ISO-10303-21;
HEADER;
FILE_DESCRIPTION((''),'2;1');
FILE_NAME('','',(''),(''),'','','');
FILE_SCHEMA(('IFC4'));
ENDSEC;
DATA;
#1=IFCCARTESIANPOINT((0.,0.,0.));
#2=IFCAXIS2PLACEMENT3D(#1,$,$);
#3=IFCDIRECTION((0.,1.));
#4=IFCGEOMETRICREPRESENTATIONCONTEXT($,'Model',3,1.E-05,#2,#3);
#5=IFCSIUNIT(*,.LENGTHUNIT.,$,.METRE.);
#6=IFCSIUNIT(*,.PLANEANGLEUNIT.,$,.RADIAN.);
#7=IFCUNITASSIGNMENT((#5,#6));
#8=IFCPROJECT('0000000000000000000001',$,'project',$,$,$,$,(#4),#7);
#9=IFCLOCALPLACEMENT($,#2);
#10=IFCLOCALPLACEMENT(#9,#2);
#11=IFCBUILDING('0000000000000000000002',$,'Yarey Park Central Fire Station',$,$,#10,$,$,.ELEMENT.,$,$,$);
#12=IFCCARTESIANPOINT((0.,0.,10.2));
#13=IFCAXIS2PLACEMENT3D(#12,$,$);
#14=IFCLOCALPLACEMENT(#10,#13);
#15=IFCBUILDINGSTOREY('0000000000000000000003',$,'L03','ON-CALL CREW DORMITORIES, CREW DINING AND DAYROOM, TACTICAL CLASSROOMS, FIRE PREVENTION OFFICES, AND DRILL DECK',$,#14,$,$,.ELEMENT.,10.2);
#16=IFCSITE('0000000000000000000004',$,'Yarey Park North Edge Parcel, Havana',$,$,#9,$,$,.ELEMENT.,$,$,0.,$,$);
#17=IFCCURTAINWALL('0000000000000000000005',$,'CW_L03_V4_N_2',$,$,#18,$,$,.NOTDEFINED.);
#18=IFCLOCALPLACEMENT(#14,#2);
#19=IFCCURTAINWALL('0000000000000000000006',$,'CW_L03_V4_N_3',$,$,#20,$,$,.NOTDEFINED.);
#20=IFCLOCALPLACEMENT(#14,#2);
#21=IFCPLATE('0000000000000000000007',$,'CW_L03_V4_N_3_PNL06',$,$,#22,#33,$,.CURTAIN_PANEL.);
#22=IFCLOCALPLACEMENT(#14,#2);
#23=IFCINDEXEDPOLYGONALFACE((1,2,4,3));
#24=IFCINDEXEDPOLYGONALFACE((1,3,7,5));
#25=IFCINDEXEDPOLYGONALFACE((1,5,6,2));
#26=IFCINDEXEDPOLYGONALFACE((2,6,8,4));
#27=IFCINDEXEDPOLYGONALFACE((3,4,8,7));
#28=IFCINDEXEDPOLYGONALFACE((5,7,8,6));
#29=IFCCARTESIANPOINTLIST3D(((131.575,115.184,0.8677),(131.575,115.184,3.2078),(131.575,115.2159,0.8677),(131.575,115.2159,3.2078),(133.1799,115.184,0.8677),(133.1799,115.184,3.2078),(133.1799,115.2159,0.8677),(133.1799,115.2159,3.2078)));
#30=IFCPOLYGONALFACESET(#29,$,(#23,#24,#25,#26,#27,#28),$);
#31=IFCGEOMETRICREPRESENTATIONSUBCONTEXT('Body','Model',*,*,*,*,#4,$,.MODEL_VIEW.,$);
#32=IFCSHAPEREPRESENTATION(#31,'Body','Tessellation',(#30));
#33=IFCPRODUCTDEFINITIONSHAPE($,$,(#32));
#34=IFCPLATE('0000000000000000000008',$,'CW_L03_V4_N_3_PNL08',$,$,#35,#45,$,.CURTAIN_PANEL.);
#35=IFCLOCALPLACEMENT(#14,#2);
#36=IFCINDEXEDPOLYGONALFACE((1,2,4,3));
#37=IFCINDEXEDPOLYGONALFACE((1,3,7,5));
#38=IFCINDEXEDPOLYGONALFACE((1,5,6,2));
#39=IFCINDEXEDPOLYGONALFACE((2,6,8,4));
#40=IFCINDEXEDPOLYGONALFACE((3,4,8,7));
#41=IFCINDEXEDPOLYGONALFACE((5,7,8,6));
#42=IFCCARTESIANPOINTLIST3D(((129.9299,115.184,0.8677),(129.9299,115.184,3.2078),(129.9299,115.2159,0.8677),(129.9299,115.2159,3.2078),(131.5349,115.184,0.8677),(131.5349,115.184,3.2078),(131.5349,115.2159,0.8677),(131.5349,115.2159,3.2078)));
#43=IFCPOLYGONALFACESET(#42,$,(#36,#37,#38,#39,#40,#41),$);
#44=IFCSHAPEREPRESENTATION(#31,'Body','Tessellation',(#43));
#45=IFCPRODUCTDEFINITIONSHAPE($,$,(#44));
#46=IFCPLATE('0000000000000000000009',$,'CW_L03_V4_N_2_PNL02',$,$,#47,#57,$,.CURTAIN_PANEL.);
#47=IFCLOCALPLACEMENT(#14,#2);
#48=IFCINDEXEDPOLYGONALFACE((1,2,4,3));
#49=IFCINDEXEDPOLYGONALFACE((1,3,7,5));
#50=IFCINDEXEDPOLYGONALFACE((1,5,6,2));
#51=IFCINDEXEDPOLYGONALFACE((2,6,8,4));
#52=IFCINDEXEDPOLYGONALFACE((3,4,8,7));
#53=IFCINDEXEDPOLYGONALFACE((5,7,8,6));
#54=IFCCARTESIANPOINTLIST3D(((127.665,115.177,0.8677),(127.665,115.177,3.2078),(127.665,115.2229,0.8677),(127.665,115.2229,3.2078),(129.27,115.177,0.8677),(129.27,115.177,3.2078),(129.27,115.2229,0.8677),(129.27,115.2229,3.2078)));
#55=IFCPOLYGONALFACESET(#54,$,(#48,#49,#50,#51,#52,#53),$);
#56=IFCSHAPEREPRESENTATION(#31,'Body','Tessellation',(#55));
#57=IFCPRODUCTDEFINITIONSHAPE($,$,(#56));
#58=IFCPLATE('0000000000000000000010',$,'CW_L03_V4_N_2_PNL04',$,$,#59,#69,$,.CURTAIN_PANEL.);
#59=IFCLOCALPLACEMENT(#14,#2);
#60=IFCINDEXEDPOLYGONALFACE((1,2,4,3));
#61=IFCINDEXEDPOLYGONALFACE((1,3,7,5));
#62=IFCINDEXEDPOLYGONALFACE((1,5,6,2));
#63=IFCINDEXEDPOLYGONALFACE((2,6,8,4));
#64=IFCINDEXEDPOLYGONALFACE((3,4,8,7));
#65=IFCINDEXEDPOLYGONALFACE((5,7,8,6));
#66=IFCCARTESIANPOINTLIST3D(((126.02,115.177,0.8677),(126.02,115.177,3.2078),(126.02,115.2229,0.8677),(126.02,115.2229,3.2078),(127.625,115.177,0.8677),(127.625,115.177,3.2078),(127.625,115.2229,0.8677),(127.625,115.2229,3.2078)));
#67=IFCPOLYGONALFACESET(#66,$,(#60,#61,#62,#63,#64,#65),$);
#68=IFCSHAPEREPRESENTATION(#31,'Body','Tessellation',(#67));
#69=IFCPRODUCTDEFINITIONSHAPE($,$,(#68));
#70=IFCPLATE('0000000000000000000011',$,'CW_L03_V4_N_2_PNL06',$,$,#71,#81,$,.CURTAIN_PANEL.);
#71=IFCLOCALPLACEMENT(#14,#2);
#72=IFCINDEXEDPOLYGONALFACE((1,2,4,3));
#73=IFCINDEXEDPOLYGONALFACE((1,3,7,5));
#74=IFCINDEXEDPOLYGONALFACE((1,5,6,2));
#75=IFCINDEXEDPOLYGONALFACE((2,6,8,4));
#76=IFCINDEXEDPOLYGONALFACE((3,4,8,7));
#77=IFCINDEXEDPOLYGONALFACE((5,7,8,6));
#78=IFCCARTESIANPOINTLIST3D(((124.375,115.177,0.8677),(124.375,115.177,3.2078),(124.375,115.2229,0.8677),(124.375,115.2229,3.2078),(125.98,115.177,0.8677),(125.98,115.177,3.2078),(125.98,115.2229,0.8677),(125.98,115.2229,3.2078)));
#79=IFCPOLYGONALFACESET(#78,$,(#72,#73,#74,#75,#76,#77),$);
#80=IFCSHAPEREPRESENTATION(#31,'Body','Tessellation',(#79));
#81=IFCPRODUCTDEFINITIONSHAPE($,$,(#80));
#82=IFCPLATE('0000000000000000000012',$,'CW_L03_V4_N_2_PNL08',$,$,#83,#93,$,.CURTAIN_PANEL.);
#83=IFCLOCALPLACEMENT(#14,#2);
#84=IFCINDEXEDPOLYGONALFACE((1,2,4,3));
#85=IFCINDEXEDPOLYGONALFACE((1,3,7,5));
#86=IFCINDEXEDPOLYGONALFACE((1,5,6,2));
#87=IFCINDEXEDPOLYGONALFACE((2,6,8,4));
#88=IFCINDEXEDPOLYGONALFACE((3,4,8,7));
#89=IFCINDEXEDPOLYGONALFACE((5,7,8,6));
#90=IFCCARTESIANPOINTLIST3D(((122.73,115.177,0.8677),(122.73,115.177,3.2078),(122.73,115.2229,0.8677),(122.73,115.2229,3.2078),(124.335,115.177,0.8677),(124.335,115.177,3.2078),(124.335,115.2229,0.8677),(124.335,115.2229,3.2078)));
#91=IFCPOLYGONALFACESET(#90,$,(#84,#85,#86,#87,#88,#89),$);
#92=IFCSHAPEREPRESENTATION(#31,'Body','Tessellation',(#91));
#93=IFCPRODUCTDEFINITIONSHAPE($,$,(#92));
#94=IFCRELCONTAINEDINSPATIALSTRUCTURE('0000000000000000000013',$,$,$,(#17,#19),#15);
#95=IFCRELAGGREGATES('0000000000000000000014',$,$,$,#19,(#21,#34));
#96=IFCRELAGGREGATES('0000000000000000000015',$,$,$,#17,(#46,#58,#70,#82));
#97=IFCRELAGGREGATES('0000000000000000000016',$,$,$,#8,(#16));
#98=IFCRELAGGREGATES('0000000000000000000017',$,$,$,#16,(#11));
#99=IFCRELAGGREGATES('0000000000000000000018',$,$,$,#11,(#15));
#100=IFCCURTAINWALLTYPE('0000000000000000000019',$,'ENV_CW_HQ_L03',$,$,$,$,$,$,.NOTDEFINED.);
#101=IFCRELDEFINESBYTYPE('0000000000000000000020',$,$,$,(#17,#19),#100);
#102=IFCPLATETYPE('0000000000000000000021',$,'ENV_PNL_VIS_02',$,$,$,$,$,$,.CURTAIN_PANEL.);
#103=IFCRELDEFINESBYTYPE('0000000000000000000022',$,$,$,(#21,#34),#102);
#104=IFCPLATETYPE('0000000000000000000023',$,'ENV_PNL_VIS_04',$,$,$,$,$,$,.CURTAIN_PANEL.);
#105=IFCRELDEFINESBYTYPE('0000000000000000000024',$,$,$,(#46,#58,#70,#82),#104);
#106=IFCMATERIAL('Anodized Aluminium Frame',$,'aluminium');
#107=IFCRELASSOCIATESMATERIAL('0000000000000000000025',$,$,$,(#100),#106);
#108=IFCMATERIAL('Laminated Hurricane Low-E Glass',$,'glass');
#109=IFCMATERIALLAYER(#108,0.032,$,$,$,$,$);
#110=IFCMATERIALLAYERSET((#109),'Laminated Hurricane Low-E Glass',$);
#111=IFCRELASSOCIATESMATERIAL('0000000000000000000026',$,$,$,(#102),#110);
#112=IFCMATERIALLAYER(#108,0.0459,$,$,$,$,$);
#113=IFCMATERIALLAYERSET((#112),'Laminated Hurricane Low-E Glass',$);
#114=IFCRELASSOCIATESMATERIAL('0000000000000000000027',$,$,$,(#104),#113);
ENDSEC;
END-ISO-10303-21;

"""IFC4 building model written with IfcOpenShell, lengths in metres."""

from ifc_helpers import new_model, si_unit, direction, frame, origin, origin_2d, place, context, subcontext, project, spatial, rectangle, extrude, material, layer, layer_set, type_object, element, aggregate, save


model = new_model("IFC4")

# Units and contexts
model_context = context("Model", 3, precision=1e-05, world=origin(), true_north=direction((0.0, 1.0)))
body_context = subcontext(model_context, "Body", "Model", "MODEL_VIEW")
ifc_project = project(units=[si_unit("LENGTHUNIT", "METRE"), si_unit("PLANEANGLEUNIT", "RADIAN")], contexts=[model_context])

# Site, building, storey
site_placement = place(None, origin())
site = spatial("IfcSite", under=ifc_project, at=site_placement, Name="Yarey Park North Edge Parcel, Havana", CompositionType="ELEMENT", RefElevation=0.0)
building_placement = place(site_placement, origin())
building = spatial("IfcBuilding", under=site, at=building_placement, Name="Yarey Park Central Fire Station", CompositionType="ELEMENT")
storey_placement = place(building_placement, frame((0.0, 0.0, 10.2)))
storey = spatial("IfcBuildingStorey", under=building, at=storey_placement, Name="L03", Description="ON-CALL CREW DORMITORIES, CREW DINING AND DAYROOM, TACTICAL CLASSROOMS, FIRE PREVENTION OFFICES, AND DRILL DECK", CompositionType="ELEMENT", Elevation=10.2)

# Curtain walls
ifc_material_1 = material(Name="Anodized Aluminium Frame", Category="aluminium")
curtain_wall_type = type_object("IfcCurtainWallType", Name="ENV_CW_HQ_L03", PredefinedType="NOTDEFINED", material=ifc_material_1)
curtain_wall_1_placement = place(storey_placement, origin())
curtain_wall_1 = element("IfcCurtainWall", 1, at=curtain_wall_1_placement, inside=storey, type_object=curtain_wall_type, Name="CW_L03_V4_N_2", PredefinedType="NOTDEFINED")
curtain_wall_2_placement = place(storey_placement, origin())
curtain_wall_2 = element("IfcCurtainWall", 2, at=curtain_wall_2_placement, inside=storey, type_object=curtain_wall_type, Name="CW_L03_V4_N_3", PredefinedType="NOTDEFINED")

# Plates
ifc_material_2 = material(Name="Laminated Hurricane Low-E Glass", Category="glass")
ifc_layer_1 = layer(ifc_material_2, 0.032)
ifc_layer_set_1 = layer_set([ifc_layer_1], Name="Laminated Hurricane Low-E Glass")
plate_type_1 = type_object("IfcPlateType", Name="ENV_PNL_VIS_02", PredefinedType="CURTAIN_PANEL", material=ifc_layer_set_1)
plate_1_placement = place(storey_placement, frame((132.3774, 115.2, 0.8677), z_axis=(0.0, 0.0, 1.0), x_axis=(-1.0, 0.0, 0.0)))
plate_1 = element("IfcPlate", 3, at=plate_1_placement, type_object=plate_type_1, Name="CW_L03_V4_N_3_PNL06", PredefinedType="CURTAIN_PANEL", context=body_context, shape_type="SweptSolid", body=[
    extrude(rectangle(XDim=1.605, YDim=0.032, at=origin_2d()), origin(), (0.0, 0.0, 1.0), 2.3401),
])
plate_2_placement = place(storey_placement, frame((130.7324, 115.2, 0.8677), z_axis=(0.0, 0.0, 1.0), x_axis=(-1.0, 0.0, 0.0)))
plate_2 = element("IfcPlate", 4, at=plate_2_placement, type_object=plate_type_1, Name="CW_L03_V4_N_3_PNL08", PredefinedType="CURTAIN_PANEL", context=body_context, shape_type="SweptSolid", body=[
    extrude(rectangle(XDim=1.605, YDim=0.032, at=origin_2d()), origin(), (0.0, 0.0, 1.0), 2.3401),
])
aggregate(curtain_wall_2, [plate_1, plate_2])
ifc_layer_2 = layer(ifc_material_2, 0.0459)
ifc_layer_set_2 = layer_set([ifc_layer_2], Name="Laminated Hurricane Low-E Glass")
plate_type_2 = type_object("IfcPlateType", Name="ENV_PNL_VIS_04", PredefinedType="CURTAIN_PANEL", material=ifc_layer_set_2)
plate_3_placement = place(storey_placement, frame((128.4675, 115.2, 0.8677), z_axis=(0.0, 0.0, 1.0), x_axis=(-1.0, 0.0, 0.0)))
plate_3 = element("IfcPlate", 5, at=plate_3_placement, type_object=plate_type_2, Name="CW_L03_V4_N_2_PNL02", PredefinedType="CURTAIN_PANEL", context=body_context, shape_type="SweptSolid", body=[
    extrude(rectangle(XDim=1.605, YDim=0.0459, at=origin_2d()), origin(), (0.0, 0.0, 1.0), 2.3401),
])
plate_4_placement = place(storey_placement, frame((126.8225, 115.2, 0.8677), z_axis=(0.0, 0.0, 1.0), x_axis=(-1.0, 0.0, 0.0)))
plate_4 = element("IfcPlate", 6, at=plate_4_placement, type_object=plate_type_2, Name="CW_L03_V4_N_2_PNL04", PredefinedType="CURTAIN_PANEL", context=body_context, shape_type="SweptSolid", body=[
    extrude(rectangle(XDim=1.605, YDim=0.0459, at=origin_2d()), origin(), (0.0, 0.0, 1.0), 2.3401),
])
plate_5_placement = place(storey_placement, frame((125.1775, 115.2, 0.8677), z_axis=(0.0, 0.0, 1.0), x_axis=(-1.0, 0.0, 0.0)))
plate_5 = element("IfcPlate", 7, at=plate_5_placement, type_object=plate_type_2, Name="CW_L03_V4_N_2_PNL06", PredefinedType="CURTAIN_PANEL", context=body_context, shape_type="SweptSolid", body=[
    extrude(rectangle(XDim=1.605, YDim=0.0459, at=origin_2d()), origin(), (0.0, 0.0, 1.0), 2.3401),
])
plate_6_placement = place(storey_placement, frame((123.5325, 115.2, 0.8677), z_axis=(0.0, 0.0, 1.0), x_axis=(-1.0, 0.0, 0.0)))
plate_6 = element("IfcPlate", 8, at=plate_6_placement, type_object=plate_type_2, Name="CW_L03_V4_N_2_PNL08", PredefinedType="CURTAIN_PANEL", context=body_context, shape_type="SweptSolid", body=[
    extrude(rectangle(XDim=1.605, YDim=0.0459, at=origin_2d()), origin(), (0.0, 0.0, 1.0), 2.3401),
])
aggregate(curtain_wall_1, [plate_3, plate_4, plate_5, plate_6])

save(model, "model.ifc")
